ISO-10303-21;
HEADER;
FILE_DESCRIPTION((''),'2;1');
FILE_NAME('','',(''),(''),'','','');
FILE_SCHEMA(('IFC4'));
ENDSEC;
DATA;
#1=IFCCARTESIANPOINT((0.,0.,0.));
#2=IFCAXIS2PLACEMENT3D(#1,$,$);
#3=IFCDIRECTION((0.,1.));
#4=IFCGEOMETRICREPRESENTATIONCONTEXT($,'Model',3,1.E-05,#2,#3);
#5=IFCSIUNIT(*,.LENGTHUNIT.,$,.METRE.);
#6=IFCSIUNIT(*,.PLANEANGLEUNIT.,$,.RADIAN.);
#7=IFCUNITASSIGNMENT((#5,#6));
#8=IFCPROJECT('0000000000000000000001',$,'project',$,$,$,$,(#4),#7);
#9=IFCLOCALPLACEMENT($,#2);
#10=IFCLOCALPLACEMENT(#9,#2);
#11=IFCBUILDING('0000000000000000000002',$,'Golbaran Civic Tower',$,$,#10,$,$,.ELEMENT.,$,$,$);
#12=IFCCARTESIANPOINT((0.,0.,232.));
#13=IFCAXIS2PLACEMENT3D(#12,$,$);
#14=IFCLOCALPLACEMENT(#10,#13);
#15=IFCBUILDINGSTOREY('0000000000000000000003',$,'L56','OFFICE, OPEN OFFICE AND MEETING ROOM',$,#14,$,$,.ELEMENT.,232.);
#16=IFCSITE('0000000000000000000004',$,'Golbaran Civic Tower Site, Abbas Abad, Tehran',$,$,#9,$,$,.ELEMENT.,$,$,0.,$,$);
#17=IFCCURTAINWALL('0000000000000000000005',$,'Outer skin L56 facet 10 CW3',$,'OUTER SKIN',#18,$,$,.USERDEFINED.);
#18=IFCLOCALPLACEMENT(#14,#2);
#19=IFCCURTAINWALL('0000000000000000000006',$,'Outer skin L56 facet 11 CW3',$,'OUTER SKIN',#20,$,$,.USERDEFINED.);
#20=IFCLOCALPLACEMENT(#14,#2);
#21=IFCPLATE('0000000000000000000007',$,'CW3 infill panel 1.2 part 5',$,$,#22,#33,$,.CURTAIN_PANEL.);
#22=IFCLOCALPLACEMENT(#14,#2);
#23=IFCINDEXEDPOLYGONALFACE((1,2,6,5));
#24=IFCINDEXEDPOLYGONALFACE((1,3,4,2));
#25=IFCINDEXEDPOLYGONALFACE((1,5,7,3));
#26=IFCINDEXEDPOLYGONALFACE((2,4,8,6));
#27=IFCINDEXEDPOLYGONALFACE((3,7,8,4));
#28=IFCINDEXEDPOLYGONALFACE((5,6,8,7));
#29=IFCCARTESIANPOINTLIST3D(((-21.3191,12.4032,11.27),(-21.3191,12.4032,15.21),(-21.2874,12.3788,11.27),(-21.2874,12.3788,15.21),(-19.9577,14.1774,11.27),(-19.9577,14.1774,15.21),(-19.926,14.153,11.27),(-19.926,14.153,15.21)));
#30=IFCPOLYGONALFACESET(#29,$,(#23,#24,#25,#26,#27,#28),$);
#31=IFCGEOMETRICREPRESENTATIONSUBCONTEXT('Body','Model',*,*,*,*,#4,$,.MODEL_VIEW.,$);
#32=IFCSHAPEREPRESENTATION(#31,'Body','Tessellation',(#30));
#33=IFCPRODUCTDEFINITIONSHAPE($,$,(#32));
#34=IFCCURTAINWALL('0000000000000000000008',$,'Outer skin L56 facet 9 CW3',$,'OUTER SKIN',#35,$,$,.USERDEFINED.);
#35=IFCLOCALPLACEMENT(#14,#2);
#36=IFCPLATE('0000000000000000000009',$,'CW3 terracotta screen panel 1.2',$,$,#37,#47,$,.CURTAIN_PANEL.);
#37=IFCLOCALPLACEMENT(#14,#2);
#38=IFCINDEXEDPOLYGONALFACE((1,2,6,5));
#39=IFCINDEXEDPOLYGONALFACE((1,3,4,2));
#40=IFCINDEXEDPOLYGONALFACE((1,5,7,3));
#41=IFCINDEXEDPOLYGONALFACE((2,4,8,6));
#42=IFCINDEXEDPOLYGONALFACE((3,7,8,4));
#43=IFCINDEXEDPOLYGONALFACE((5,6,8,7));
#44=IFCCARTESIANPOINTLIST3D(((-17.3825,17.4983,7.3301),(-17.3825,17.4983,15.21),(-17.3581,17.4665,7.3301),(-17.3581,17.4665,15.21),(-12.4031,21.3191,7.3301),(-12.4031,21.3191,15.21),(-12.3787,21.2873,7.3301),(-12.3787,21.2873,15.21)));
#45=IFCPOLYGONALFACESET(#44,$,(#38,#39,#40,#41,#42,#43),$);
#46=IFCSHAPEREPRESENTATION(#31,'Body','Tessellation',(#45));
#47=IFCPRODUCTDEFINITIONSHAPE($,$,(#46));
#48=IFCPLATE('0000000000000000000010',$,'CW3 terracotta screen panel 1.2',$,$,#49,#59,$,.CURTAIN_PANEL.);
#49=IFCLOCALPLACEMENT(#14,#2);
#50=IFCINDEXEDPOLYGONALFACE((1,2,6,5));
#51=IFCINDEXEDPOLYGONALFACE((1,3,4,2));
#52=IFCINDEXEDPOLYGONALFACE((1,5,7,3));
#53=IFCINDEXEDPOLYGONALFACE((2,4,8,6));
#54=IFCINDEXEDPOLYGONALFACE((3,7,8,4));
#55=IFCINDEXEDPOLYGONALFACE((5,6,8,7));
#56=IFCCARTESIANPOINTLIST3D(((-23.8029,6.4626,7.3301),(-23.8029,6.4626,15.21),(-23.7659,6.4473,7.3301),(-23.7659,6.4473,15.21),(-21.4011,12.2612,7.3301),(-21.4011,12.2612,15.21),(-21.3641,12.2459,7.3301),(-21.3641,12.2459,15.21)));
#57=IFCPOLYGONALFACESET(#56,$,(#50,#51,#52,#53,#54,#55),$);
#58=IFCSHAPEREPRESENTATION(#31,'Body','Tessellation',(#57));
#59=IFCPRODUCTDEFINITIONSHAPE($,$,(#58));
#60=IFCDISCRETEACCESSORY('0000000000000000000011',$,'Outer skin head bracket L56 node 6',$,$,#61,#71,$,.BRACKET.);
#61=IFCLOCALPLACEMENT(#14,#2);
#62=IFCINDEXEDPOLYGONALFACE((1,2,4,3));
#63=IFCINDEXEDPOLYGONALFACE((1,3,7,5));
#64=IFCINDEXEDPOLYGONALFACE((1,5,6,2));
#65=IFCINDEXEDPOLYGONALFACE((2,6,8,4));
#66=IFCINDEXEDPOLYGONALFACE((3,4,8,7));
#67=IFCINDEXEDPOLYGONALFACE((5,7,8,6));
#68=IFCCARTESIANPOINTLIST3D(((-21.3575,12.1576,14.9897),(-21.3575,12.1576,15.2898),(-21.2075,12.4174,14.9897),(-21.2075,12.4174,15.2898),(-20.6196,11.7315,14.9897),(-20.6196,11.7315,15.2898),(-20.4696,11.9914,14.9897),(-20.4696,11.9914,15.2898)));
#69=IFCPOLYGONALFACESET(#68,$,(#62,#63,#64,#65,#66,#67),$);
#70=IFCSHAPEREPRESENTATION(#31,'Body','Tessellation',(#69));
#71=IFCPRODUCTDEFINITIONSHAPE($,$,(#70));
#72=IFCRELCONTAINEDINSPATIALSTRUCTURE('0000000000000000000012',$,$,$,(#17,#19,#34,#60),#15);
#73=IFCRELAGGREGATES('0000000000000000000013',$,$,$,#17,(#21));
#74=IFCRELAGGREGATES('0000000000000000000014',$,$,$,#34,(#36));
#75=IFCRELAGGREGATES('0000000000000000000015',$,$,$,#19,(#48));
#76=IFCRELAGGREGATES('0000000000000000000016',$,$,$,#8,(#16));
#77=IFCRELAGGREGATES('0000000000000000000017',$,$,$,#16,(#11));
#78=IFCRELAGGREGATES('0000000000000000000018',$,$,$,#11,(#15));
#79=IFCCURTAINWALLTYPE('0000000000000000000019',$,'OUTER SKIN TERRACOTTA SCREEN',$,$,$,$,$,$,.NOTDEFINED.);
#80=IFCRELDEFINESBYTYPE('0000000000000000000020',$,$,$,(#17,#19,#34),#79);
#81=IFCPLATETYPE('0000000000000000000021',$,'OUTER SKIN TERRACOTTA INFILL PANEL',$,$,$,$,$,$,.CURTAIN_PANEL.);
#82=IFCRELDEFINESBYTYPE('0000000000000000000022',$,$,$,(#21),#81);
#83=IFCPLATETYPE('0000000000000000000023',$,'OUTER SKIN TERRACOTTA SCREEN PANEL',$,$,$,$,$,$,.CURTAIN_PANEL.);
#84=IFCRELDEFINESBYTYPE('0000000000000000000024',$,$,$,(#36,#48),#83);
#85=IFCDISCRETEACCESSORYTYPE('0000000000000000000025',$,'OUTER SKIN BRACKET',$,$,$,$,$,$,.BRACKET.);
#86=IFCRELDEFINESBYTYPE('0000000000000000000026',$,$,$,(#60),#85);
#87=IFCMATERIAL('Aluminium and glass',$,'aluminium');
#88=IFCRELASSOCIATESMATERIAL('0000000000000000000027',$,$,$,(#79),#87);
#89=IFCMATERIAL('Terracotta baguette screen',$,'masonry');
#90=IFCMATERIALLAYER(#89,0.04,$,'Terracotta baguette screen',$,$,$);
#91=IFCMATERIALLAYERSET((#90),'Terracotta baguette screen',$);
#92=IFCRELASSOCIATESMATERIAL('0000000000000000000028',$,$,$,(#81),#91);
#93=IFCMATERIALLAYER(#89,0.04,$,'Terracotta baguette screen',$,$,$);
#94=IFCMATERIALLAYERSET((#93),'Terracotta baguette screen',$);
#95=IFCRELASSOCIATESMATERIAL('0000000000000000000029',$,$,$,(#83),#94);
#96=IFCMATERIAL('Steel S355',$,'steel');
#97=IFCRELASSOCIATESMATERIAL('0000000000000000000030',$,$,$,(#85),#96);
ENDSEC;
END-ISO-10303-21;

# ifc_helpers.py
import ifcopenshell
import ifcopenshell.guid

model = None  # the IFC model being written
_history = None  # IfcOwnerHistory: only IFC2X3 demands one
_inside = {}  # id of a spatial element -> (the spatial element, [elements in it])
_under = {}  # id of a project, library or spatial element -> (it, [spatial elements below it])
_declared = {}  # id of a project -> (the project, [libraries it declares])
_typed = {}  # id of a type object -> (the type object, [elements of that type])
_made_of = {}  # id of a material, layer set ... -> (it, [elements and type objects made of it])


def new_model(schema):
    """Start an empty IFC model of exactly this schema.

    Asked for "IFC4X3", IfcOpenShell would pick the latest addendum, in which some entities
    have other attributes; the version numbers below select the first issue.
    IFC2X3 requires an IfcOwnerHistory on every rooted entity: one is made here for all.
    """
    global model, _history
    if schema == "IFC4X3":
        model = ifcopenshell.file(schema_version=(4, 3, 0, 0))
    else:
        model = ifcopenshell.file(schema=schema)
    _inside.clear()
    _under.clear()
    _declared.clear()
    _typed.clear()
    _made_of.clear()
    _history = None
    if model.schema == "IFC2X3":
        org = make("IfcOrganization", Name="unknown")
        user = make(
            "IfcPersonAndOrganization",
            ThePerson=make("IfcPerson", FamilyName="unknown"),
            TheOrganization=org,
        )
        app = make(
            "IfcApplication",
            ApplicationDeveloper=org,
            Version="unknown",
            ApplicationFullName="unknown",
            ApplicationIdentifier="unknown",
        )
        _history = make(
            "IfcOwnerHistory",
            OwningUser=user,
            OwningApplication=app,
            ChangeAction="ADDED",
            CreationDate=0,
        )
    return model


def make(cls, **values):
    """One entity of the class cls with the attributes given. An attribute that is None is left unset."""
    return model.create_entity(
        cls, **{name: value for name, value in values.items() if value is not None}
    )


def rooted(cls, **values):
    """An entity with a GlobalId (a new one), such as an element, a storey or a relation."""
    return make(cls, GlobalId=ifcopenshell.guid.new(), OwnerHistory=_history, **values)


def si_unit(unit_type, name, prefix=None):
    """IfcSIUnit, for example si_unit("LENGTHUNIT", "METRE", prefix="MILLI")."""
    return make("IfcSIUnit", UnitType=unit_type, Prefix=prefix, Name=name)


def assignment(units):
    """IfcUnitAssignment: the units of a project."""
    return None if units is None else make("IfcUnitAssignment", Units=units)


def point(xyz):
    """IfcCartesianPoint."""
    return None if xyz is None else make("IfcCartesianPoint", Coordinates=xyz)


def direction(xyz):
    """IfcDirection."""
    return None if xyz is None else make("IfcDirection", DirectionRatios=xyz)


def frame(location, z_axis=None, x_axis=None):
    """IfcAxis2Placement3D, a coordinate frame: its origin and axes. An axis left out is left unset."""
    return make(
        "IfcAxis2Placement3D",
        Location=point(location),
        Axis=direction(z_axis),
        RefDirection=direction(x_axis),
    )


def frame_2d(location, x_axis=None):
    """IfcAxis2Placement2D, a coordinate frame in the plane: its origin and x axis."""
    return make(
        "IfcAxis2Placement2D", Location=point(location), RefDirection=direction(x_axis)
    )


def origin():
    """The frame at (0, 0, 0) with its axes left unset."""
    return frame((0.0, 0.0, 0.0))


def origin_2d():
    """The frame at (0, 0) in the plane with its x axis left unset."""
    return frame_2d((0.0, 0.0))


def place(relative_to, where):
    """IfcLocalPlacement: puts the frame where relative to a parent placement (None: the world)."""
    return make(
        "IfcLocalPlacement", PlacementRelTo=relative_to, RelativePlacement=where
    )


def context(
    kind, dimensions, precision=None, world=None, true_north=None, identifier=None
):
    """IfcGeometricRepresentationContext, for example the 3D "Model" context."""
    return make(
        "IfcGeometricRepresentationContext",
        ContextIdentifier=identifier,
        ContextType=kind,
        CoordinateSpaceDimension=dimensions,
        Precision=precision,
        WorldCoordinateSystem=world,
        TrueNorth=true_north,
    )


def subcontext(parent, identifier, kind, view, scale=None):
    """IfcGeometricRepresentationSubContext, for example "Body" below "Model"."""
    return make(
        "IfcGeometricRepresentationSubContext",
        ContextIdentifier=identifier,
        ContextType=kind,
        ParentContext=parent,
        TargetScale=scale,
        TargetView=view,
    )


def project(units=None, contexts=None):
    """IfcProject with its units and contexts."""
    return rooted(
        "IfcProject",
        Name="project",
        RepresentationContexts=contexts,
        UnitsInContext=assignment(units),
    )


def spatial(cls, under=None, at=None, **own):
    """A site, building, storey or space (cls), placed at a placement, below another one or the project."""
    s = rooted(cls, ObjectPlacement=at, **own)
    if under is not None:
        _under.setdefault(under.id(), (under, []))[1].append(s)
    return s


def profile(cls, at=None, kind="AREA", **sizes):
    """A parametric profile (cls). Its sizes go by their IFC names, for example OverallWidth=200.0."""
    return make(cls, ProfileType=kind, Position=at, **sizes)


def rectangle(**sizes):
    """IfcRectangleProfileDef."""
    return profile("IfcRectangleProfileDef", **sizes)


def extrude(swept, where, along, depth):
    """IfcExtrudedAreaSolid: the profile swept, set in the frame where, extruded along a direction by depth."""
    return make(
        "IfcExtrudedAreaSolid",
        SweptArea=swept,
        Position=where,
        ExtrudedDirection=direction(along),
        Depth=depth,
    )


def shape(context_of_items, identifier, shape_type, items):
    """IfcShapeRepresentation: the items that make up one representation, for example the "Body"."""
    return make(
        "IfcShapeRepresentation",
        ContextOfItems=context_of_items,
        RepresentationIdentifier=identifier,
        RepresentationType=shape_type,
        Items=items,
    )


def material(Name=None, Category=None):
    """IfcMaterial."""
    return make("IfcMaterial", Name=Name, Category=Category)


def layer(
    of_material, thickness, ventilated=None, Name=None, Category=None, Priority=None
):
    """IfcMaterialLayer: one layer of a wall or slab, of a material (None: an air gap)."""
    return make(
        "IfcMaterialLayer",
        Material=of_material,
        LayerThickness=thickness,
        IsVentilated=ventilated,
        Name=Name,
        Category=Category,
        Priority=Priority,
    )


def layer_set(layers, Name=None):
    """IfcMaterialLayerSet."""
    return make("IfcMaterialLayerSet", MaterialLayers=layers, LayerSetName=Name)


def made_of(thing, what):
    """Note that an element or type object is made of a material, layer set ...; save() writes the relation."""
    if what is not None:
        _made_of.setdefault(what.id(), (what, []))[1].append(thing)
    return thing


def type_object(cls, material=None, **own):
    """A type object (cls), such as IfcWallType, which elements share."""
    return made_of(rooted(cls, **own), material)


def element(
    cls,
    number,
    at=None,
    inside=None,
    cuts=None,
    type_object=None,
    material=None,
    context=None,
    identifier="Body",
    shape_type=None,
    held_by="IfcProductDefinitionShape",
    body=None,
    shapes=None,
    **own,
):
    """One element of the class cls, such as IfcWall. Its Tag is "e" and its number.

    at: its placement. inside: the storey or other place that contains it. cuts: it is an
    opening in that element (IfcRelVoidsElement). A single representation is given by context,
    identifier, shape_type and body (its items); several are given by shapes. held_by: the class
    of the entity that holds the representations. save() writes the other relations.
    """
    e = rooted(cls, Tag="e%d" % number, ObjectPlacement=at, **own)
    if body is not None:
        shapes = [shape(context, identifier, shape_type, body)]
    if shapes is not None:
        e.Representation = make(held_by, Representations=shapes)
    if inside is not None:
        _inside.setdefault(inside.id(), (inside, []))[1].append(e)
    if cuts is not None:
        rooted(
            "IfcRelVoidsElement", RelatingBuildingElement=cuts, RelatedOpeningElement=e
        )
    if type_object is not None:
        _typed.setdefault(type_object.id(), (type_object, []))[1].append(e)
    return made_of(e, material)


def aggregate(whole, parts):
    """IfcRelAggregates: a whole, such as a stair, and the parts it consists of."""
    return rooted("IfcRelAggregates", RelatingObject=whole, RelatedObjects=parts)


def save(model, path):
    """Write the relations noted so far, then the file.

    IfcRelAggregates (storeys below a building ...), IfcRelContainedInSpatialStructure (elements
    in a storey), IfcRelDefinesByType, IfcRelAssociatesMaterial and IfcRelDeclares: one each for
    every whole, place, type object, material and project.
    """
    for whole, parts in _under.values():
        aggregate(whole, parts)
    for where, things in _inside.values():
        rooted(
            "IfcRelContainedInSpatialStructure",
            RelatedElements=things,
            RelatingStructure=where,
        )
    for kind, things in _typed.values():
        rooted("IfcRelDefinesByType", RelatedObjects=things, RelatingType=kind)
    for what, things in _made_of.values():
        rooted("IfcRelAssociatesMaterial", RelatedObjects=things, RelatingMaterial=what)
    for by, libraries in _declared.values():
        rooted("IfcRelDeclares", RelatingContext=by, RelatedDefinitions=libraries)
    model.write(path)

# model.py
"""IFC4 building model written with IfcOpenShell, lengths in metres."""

from ifc_helpers import new_model, si_unit, direction, frame, origin, origin_2d, place, context, subcontext, project, spatial, rectangle, extrude, material, layer, layer_set, type_object, element, aggregate, save


model = new_model("IFC4")

# Units and contexts
model_context = context("Model", 3, precision=1e-05, world=origin(), true_north=direction((0.0, 1.0)))
body_context = subcontext(model_context, "Body", "Model", "MODEL_VIEW")
ifc_project = project(units=[si_unit("LENGTHUNIT", "METRE"), si_unit("PLANEANGLEUNIT", "RADIAN")], contexts=[model_context])

# Site, building, storey
site_placement = place(None, origin())
site = spatial("IfcSite", under=ifc_project, at=site_placement, Name="Golbaran Civic Tower Site, Abbas Abad, Tehran", CompositionType="ELEMENT", RefElevation=0.0)
building_placement = place(site_placement, origin())
building = spatial("IfcBuilding", under=site, at=building_placement, Name="Golbaran Civic Tower", CompositionType="ELEMENT")
storey_placement = place(building_placement, frame((0.0, 0.0, 232.0)))
storey = spatial("IfcBuildingStorey", under=building, at=storey_placement, Name="L56", Description="OFFICE, OPEN OFFICE AND MEETING ROOM", CompositionType="ELEMENT", Elevation=232.0)

# Curtain walls
ifc_material_1 = material(Name="Aluminium and glass", Category="aluminium")
curtain_wall_type_1 = type_object("IfcCurtainWallType", Name="OUTER SKIN TERRACOTTA SCREEN", PredefinedType="NOTDEFINED", material=ifc_material_1)
curtain_wall_1_placement = place(storey_placement, origin())
curtain_wall_1 = element("IfcCurtainWall", 1, at=curtain_wall_1_placement, inside=storey, type_object=curtain_wall_type_1, Name="Outer skin L56 facet 10 CW3", ObjectType="OUTER SKIN", PredefinedType="USERDEFINED")
curtain_wall_2_placement = place(storey_placement, origin())
curtain_wall_2 = element("IfcCurtainWall", 2, at=curtain_wall_2_placement, inside=storey, type_object=curtain_wall_type_1, Name="Outer skin L56 facet 11 CW3", ObjectType="OUTER SKIN", PredefinedType="USERDEFINED")

# Plate
ifc_material_2 = material(Name="Terracotta baguette screen", Category="masonry")
ifc_layer_1 = layer(ifc_material_2, 0.04, Name="Terracotta baguette screen")
ifc_layer_set_1 = layer_set([ifc_layer_1], Name="Terracotta baguette screen")
plate_type_1 = type_object("IfcPlateType", Name="OUTER SKIN TERRACOTTA INFILL PANEL", PredefinedType="CURTAIN_PANEL", material=ifc_layer_set_1)
plate_1_placement = place(storey_placement, frame((-20.6226, 13.2781, 11.27), z_axis=(0.0, 0.0, 1.0), x_axis=(-0.608761, -0.793353, 0.0)))
plate_1 = element("IfcPlate", 3, at=plate_1_placement, type_object=plate_type_1, Name="CW3 infill panel 1.2 part 5", PredefinedType="CURTAIN_PANEL", context=body_context, shape_type="SweptSolid", body=[
    extrude(rectangle(XDim=2.2363, YDim=0.04, at=origin_2d()), origin(), (0.0, 0.0, 1.0), 3.9399),
])
aggregate(curtain_wall_1, [plate_1])

# Curtain wall, plate
curtain_wall_3_placement = place(storey_placement, origin())
curtain_wall_3 = element("IfcCurtainWall", 4, at=curtain_wall_3_placement, inside=storey, type_object=curtain_wall_type_1, Name="Outer skin L56 facet 9 CW3", ObjectType="OUTER SKIN", PredefinedType="USERDEFINED")
ifc_layer_2 = layer(ifc_material_2, 0.04, Name="Terracotta baguette screen")
ifc_layer_set_2 = layer_set([ifc_layer_2], Name="Terracotta baguette screen")
plate_type_2 = type_object("IfcPlateType", Name="OUTER SKIN TERRACOTTA SCREEN PANEL", PredefinedType="CURTAIN_PANEL", material=ifc_layer_set_2)
plate_2_placement = place(storey_placement, frame((-14.8806, 19.3928, 7.3301), z_axis=(0.0, 0.0, 1.0), x_axis=(-0.793353, -0.608761, 0.0)))
plate_2 = element("IfcPlate", 5, at=plate_2_placement, type_object=plate_type_2, Name="CW3 terracotta screen panel 1.2", PredefinedType="CURTAIN_PANEL", context=body_context, shape_type="SweptSolid", body=[
    extrude(rectangle(XDim=6.2764, YDim=0.04, at=origin_2d()), origin(), (0.0, 0.0, 1.0), 7.8799),
])
aggregate(curtain_wall_3, [plate_2])

# Plate
plate_3_placement = place(storey_placement, frame((-22.5835, 9.3542, 7.3301), z_axis=(0.0, 0.0, 1.0), x_axis=(-0.382683, -0.92388, 0.0)))
plate_3 = element("IfcPlate", 6, at=plate_3_placement, type_object=plate_type_2, Name="CW3 terracotta screen panel 1.2", PredefinedType="CURTAIN_PANEL", context=body_context, shape_type="SweptSolid", body=[
    extrude(rectangle(XDim=6.2764, YDim=0.04, at=origin_2d()), origin(), (0.0, 0.0, 1.0), 7.8799),
])
aggregate(curtain_wall_2, [plate_3])

# Discrete accessory
ifc_material_3 = material(Name="Steel S355", Category="steel")
discrete_accessory_type = type_object("IfcDiscreteAccessoryType", Name="OUTER SKIN BRACKET", PredefinedType="BRACKET", material=ifc_material_3)
discrete_accessory_placement = place(storey_placement, frame((-20.9136, 12.0745, 14.9897), z_axis=(0.0, 0.0, 1.0), x_axis=(-0.866025, 0.5, 0.0)))
element("IfcDiscreteAccessory", 7, at=discrete_accessory_placement, inside=storey, type_object=discrete_accessory_type, Name="Outer skin head bracket L56 node 6", PredefinedType="BRACKET", context=body_context, shape_type="SweptSolid", body=[
    extrude(rectangle(XDim=0.8521, YDim=0.3, at=origin_2d()), origin(), (0.0, 0.0, 1.0), 0.3),
])

save(model, "model.ifc")
